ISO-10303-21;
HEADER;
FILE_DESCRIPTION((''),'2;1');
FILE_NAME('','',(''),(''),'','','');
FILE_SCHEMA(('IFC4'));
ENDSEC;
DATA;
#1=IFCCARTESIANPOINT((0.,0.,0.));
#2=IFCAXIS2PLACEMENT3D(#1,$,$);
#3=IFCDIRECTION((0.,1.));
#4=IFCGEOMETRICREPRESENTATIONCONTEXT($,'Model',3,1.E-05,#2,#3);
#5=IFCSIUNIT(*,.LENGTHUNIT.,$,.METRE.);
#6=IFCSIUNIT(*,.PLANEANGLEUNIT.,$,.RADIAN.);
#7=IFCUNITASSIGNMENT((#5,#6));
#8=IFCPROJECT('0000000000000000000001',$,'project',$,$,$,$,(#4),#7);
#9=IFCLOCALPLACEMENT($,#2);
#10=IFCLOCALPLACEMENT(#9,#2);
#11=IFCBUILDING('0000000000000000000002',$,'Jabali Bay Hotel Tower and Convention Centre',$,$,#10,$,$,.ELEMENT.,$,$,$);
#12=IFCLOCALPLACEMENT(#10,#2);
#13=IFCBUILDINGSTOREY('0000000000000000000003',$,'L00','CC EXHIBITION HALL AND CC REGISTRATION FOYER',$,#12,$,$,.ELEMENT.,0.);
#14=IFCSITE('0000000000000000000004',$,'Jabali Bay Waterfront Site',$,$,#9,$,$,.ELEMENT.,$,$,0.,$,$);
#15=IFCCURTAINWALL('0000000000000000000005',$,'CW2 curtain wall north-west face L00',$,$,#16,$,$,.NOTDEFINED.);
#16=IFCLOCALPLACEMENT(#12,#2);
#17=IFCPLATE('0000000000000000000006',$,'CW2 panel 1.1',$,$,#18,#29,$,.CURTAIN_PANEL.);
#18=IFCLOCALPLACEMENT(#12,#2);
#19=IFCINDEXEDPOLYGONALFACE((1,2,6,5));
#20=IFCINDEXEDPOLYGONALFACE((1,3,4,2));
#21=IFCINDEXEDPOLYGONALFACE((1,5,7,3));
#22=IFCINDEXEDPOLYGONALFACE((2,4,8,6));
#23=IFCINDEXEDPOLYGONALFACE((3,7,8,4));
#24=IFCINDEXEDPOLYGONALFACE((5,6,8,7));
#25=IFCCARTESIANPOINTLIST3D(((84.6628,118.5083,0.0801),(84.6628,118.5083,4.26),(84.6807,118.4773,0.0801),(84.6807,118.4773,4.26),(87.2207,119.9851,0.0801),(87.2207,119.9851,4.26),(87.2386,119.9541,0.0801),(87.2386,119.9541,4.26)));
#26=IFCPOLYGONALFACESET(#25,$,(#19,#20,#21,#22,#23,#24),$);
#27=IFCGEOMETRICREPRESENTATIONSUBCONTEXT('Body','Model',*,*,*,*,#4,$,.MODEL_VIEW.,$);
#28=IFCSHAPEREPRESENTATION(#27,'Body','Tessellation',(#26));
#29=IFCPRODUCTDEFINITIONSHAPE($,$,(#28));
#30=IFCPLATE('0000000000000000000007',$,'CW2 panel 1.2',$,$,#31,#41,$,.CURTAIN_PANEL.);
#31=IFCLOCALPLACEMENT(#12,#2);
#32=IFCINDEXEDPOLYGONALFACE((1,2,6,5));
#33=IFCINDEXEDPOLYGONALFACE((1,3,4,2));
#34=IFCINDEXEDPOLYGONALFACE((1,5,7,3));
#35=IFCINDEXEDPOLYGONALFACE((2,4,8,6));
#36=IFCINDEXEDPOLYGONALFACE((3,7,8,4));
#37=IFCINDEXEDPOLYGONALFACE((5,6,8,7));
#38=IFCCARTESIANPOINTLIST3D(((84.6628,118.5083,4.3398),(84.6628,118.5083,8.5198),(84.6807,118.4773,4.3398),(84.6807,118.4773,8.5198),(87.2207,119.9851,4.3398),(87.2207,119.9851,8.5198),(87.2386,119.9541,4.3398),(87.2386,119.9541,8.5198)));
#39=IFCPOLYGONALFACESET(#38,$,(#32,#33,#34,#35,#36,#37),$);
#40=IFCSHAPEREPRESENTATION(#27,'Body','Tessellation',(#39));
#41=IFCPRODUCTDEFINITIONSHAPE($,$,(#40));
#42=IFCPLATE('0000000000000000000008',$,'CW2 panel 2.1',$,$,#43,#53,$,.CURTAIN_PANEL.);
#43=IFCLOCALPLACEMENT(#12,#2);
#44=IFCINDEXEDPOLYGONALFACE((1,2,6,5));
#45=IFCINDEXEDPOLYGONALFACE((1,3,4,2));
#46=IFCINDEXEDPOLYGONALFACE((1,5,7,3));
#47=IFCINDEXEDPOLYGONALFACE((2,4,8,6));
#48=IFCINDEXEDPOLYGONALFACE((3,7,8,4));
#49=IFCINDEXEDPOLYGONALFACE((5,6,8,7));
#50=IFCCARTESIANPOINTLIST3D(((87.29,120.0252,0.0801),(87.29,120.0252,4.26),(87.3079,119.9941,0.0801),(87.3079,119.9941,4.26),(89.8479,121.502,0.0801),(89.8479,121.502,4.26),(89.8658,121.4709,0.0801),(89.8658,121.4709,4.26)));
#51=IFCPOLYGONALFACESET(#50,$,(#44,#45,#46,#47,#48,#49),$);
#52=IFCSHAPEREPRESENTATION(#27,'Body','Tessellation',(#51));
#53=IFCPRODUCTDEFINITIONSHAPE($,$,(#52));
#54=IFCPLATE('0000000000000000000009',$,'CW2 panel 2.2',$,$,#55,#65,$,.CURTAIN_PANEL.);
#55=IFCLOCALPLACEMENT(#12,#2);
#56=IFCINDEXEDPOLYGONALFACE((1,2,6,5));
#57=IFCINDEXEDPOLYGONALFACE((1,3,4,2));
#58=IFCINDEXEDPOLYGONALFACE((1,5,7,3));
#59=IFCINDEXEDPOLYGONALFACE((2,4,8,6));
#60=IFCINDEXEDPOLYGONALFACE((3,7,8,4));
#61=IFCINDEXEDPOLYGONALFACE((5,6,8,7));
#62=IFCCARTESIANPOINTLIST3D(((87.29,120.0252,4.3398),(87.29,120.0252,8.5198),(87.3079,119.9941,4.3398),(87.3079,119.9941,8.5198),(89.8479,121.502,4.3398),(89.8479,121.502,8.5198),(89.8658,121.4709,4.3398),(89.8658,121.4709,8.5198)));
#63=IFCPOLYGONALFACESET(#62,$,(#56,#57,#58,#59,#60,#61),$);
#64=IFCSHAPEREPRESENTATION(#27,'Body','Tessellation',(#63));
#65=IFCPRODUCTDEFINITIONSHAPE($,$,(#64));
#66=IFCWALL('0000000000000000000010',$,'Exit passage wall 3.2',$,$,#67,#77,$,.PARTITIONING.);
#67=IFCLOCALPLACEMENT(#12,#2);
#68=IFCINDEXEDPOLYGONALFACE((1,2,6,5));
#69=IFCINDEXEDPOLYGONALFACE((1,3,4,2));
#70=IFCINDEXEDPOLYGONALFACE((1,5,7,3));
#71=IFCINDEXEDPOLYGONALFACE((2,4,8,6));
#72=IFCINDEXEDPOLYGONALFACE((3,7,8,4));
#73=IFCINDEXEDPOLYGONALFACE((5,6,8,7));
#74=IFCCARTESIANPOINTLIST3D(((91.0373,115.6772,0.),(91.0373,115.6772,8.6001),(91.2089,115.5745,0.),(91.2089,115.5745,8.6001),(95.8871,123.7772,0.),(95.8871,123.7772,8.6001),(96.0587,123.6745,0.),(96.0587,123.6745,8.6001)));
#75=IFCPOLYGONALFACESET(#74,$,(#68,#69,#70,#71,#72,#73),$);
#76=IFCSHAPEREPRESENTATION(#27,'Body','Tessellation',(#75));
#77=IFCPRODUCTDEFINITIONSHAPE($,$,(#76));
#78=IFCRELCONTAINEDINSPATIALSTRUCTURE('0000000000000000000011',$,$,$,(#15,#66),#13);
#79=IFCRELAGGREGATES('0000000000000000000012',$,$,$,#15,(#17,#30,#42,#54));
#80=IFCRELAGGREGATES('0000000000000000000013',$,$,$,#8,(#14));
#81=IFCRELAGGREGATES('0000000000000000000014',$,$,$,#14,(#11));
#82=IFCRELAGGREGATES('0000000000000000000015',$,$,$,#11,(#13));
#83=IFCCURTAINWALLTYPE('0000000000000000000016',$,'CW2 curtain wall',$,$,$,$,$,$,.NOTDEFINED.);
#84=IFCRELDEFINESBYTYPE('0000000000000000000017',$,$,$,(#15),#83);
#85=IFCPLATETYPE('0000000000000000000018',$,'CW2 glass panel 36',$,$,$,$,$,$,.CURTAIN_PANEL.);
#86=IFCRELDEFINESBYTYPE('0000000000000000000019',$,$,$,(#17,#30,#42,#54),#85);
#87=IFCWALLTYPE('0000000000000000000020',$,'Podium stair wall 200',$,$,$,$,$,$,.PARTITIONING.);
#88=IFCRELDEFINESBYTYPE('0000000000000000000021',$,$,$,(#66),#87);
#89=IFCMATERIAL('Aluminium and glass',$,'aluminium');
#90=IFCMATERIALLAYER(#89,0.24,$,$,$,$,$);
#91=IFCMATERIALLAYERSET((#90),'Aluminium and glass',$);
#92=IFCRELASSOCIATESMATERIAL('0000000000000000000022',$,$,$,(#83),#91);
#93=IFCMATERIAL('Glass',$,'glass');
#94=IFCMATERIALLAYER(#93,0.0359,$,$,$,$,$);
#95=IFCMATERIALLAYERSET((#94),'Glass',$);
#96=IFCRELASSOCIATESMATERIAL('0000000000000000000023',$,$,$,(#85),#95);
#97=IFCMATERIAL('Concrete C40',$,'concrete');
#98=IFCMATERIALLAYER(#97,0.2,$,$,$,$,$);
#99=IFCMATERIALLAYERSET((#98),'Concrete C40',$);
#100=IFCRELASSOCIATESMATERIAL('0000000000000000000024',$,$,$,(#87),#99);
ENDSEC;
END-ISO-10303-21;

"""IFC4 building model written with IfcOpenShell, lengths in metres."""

from ifc_helpers import new_model, si_unit, direction, frame, frame_2d, origin, origin_2d, place, context, subcontext, project, spatial, rectangle, extrude, material, layer, layer_set, type_object, element, aggregate, save


model = new_model("IFC4")

# Units and contexts
model_context = context("Model", 3, precision=1e-05, world=origin(), true_north=direction((0.0, 1.0)))
body_context = subcontext(model_context, "Body", "Model", "MODEL_VIEW")
ifc_project = project(units=[si_unit("LENGTHUNIT", "METRE"), si_unit("PLANEANGLEUNIT", "RADIAN")], contexts=[model_context])

# Site, building, storey
site_placement = place(None, origin())
site = spatial("IfcSite", under=ifc_project, at=site_placement, Name="Jabali Bay Waterfront Site", CompositionType="ELEMENT", RefElevation=0.0)
building_placement = place(site_placement, origin())
building = spatial("IfcBuilding", under=site, at=building_placement, Name="Jabali Bay Hotel Tower and Convention Centre", CompositionType="ELEMENT")
storey_placement = place(building_placement, origin())
storey = spatial("IfcBuildingStorey", under=building, at=storey_placement, Name="L00", Description="CC EXHIBITION HALL AND CC REGISTRATION FOYER", CompositionType="ELEMENT", Elevation=0.0)

# Curtain wall, plates
ifc_material_1 = material(Name="Aluminium and glass", Category="aluminium")
ifc_layer_1 = layer(ifc_material_1, 0.24)
ifc_layer_set_1 = layer_set([ifc_layer_1], Name="Aluminium and glass")
curtain_wall_type = type_object("IfcCurtainWallType", Name="CW2 curtain wall", PredefinedType="NOTDEFINED", material=ifc_layer_set_1)
curtain_wall_placement = place(storey_placement, origin())
curtain_wall = element("IfcCurtainWall", 1, at=curtain_wall_placement, inside=storey, type_object=curtain_wall_type, Name="CW2 curtain wall north-west face L00", PredefinedType="NOTDEFINED")
ifc_material_2 = material(Name="Glass", Category="glass")
ifc_layer_2 = layer(ifc_material_2, 0.0359)
ifc_layer_set_2 = layer_set([ifc_layer_2], Name="Glass")
plate_type = type_object("IfcPlateType", Name="CW2 glass panel 36", PredefinedType="CURTAIN_PANEL", material=ifc_layer_set_2)
plate_1_placement = place(storey_placement, frame((85.9507, 119.2312, 0.0801), z_axis=(0.0, 0.0, 1.0), x_axis=(0.866025, 0.5, 0.0)))
plate_1 = element("IfcPlate", 2, at=plate_1_placement, type_object=plate_type, Name="CW2 panel 1.1", PredefinedType="CURTAIN_PANEL", context=body_context, shape_type="SweptSolid", body=[
    extrude(rectangle(XDim=2.9536, YDim=0.0359, at=origin_2d()), origin(), (0.0, 0.0, 1.0), 4.1799),
])
plate_2_placement = place(storey_placement, frame((85.9507, 119.2312, 4.3398), z_axis=(0.0, 0.0, 1.0), x_axis=(0.866025, 0.5, 0.0)))
plate_2 = element("IfcPlate", 3, at=plate_2_placement, type_object=plate_type, Name="CW2 panel 1.2", PredefinedType="CURTAIN_PANEL", context=body_context, shape_type="SweptSolid", body=[
    extrude(rectangle(XDim=2.9536, YDim=0.0359, at=origin_2d()), origin(), (0.0, 0.0, 1.0), 4.1799),
])
plate_3_placement = place(storey_placement, frame((88.5779, 120.748, 0.0801), z_axis=(0.0, 0.0, 1.0), x_axis=(0.866025, 0.5, 0.0)))
plate_3 = element("IfcPlate", 4, at=plate_3_placement, type_object=plate_type, Name="CW2 panel 2.1", PredefinedType="CURTAIN_PANEL", context=body_context, shape_type="SweptSolid", body=[
    extrude(rectangle(XDim=2.9536, YDim=0.0359, at=origin_2d()), origin(), (0.0, 0.0, 1.0), 4.1799),
])
plate_4_placement = place(storey_placement, frame((88.5779, 120.748, 4.3398), z_axis=(0.0, 0.0, 1.0), x_axis=(0.866025, 0.5, 0.0)))
plate_4 = element("IfcPlate", 5, at=plate_4_placement, type_object=plate_type, Name="CW2 panel 2.2", PredefinedType="CURTAIN_PANEL", context=body_context, shape_type="SweptSolid", body=[
    extrude(rectangle(XDim=2.9536, YDim=0.0359, at=origin_2d()), origin(), (0.0, 0.0, 1.0), 4.1799),
])
aggregate(curtain_wall, [plate_1, plate_2, plate_3, plate_4])

# Shared definitions
ifc_material_3 = material(Name="Concrete C40", Category="concrete")

# Wall
ifc_layer_3 = layer(ifc_material_3, 0.2)
ifc_layer_set_3 = layer_set([ifc_layer_3], Name="Concrete C40")
wall_type_1 = type_object("IfcWallType", Name="Podium stair wall 200", PredefinedType="PARTITIONING", material=ifc_layer_set_3)
wall_1_placement = place(storey_placement, frame((95.9729, 123.7258, 0.0), z_axis=(0.0, 0.0, 1.0), x_axis=(-0.513701, -0.857969, 0.0)))
element("IfcWall", 6, at=wall_1_placement, inside=storey, type_object=wall_type_1, Name="Exit passage wall 3.2", PredefinedType="PARTITIONING", context=body_context, shape_type="SweptSolid", body=[
    extrude(rectangle(XDim=9.4409, YDim=0.2, at=frame_2d((4.7205, 0.0))), origin(), (0.0, 0.0, 1.0), 8.6001),
])

save(model, "model.ifc")
